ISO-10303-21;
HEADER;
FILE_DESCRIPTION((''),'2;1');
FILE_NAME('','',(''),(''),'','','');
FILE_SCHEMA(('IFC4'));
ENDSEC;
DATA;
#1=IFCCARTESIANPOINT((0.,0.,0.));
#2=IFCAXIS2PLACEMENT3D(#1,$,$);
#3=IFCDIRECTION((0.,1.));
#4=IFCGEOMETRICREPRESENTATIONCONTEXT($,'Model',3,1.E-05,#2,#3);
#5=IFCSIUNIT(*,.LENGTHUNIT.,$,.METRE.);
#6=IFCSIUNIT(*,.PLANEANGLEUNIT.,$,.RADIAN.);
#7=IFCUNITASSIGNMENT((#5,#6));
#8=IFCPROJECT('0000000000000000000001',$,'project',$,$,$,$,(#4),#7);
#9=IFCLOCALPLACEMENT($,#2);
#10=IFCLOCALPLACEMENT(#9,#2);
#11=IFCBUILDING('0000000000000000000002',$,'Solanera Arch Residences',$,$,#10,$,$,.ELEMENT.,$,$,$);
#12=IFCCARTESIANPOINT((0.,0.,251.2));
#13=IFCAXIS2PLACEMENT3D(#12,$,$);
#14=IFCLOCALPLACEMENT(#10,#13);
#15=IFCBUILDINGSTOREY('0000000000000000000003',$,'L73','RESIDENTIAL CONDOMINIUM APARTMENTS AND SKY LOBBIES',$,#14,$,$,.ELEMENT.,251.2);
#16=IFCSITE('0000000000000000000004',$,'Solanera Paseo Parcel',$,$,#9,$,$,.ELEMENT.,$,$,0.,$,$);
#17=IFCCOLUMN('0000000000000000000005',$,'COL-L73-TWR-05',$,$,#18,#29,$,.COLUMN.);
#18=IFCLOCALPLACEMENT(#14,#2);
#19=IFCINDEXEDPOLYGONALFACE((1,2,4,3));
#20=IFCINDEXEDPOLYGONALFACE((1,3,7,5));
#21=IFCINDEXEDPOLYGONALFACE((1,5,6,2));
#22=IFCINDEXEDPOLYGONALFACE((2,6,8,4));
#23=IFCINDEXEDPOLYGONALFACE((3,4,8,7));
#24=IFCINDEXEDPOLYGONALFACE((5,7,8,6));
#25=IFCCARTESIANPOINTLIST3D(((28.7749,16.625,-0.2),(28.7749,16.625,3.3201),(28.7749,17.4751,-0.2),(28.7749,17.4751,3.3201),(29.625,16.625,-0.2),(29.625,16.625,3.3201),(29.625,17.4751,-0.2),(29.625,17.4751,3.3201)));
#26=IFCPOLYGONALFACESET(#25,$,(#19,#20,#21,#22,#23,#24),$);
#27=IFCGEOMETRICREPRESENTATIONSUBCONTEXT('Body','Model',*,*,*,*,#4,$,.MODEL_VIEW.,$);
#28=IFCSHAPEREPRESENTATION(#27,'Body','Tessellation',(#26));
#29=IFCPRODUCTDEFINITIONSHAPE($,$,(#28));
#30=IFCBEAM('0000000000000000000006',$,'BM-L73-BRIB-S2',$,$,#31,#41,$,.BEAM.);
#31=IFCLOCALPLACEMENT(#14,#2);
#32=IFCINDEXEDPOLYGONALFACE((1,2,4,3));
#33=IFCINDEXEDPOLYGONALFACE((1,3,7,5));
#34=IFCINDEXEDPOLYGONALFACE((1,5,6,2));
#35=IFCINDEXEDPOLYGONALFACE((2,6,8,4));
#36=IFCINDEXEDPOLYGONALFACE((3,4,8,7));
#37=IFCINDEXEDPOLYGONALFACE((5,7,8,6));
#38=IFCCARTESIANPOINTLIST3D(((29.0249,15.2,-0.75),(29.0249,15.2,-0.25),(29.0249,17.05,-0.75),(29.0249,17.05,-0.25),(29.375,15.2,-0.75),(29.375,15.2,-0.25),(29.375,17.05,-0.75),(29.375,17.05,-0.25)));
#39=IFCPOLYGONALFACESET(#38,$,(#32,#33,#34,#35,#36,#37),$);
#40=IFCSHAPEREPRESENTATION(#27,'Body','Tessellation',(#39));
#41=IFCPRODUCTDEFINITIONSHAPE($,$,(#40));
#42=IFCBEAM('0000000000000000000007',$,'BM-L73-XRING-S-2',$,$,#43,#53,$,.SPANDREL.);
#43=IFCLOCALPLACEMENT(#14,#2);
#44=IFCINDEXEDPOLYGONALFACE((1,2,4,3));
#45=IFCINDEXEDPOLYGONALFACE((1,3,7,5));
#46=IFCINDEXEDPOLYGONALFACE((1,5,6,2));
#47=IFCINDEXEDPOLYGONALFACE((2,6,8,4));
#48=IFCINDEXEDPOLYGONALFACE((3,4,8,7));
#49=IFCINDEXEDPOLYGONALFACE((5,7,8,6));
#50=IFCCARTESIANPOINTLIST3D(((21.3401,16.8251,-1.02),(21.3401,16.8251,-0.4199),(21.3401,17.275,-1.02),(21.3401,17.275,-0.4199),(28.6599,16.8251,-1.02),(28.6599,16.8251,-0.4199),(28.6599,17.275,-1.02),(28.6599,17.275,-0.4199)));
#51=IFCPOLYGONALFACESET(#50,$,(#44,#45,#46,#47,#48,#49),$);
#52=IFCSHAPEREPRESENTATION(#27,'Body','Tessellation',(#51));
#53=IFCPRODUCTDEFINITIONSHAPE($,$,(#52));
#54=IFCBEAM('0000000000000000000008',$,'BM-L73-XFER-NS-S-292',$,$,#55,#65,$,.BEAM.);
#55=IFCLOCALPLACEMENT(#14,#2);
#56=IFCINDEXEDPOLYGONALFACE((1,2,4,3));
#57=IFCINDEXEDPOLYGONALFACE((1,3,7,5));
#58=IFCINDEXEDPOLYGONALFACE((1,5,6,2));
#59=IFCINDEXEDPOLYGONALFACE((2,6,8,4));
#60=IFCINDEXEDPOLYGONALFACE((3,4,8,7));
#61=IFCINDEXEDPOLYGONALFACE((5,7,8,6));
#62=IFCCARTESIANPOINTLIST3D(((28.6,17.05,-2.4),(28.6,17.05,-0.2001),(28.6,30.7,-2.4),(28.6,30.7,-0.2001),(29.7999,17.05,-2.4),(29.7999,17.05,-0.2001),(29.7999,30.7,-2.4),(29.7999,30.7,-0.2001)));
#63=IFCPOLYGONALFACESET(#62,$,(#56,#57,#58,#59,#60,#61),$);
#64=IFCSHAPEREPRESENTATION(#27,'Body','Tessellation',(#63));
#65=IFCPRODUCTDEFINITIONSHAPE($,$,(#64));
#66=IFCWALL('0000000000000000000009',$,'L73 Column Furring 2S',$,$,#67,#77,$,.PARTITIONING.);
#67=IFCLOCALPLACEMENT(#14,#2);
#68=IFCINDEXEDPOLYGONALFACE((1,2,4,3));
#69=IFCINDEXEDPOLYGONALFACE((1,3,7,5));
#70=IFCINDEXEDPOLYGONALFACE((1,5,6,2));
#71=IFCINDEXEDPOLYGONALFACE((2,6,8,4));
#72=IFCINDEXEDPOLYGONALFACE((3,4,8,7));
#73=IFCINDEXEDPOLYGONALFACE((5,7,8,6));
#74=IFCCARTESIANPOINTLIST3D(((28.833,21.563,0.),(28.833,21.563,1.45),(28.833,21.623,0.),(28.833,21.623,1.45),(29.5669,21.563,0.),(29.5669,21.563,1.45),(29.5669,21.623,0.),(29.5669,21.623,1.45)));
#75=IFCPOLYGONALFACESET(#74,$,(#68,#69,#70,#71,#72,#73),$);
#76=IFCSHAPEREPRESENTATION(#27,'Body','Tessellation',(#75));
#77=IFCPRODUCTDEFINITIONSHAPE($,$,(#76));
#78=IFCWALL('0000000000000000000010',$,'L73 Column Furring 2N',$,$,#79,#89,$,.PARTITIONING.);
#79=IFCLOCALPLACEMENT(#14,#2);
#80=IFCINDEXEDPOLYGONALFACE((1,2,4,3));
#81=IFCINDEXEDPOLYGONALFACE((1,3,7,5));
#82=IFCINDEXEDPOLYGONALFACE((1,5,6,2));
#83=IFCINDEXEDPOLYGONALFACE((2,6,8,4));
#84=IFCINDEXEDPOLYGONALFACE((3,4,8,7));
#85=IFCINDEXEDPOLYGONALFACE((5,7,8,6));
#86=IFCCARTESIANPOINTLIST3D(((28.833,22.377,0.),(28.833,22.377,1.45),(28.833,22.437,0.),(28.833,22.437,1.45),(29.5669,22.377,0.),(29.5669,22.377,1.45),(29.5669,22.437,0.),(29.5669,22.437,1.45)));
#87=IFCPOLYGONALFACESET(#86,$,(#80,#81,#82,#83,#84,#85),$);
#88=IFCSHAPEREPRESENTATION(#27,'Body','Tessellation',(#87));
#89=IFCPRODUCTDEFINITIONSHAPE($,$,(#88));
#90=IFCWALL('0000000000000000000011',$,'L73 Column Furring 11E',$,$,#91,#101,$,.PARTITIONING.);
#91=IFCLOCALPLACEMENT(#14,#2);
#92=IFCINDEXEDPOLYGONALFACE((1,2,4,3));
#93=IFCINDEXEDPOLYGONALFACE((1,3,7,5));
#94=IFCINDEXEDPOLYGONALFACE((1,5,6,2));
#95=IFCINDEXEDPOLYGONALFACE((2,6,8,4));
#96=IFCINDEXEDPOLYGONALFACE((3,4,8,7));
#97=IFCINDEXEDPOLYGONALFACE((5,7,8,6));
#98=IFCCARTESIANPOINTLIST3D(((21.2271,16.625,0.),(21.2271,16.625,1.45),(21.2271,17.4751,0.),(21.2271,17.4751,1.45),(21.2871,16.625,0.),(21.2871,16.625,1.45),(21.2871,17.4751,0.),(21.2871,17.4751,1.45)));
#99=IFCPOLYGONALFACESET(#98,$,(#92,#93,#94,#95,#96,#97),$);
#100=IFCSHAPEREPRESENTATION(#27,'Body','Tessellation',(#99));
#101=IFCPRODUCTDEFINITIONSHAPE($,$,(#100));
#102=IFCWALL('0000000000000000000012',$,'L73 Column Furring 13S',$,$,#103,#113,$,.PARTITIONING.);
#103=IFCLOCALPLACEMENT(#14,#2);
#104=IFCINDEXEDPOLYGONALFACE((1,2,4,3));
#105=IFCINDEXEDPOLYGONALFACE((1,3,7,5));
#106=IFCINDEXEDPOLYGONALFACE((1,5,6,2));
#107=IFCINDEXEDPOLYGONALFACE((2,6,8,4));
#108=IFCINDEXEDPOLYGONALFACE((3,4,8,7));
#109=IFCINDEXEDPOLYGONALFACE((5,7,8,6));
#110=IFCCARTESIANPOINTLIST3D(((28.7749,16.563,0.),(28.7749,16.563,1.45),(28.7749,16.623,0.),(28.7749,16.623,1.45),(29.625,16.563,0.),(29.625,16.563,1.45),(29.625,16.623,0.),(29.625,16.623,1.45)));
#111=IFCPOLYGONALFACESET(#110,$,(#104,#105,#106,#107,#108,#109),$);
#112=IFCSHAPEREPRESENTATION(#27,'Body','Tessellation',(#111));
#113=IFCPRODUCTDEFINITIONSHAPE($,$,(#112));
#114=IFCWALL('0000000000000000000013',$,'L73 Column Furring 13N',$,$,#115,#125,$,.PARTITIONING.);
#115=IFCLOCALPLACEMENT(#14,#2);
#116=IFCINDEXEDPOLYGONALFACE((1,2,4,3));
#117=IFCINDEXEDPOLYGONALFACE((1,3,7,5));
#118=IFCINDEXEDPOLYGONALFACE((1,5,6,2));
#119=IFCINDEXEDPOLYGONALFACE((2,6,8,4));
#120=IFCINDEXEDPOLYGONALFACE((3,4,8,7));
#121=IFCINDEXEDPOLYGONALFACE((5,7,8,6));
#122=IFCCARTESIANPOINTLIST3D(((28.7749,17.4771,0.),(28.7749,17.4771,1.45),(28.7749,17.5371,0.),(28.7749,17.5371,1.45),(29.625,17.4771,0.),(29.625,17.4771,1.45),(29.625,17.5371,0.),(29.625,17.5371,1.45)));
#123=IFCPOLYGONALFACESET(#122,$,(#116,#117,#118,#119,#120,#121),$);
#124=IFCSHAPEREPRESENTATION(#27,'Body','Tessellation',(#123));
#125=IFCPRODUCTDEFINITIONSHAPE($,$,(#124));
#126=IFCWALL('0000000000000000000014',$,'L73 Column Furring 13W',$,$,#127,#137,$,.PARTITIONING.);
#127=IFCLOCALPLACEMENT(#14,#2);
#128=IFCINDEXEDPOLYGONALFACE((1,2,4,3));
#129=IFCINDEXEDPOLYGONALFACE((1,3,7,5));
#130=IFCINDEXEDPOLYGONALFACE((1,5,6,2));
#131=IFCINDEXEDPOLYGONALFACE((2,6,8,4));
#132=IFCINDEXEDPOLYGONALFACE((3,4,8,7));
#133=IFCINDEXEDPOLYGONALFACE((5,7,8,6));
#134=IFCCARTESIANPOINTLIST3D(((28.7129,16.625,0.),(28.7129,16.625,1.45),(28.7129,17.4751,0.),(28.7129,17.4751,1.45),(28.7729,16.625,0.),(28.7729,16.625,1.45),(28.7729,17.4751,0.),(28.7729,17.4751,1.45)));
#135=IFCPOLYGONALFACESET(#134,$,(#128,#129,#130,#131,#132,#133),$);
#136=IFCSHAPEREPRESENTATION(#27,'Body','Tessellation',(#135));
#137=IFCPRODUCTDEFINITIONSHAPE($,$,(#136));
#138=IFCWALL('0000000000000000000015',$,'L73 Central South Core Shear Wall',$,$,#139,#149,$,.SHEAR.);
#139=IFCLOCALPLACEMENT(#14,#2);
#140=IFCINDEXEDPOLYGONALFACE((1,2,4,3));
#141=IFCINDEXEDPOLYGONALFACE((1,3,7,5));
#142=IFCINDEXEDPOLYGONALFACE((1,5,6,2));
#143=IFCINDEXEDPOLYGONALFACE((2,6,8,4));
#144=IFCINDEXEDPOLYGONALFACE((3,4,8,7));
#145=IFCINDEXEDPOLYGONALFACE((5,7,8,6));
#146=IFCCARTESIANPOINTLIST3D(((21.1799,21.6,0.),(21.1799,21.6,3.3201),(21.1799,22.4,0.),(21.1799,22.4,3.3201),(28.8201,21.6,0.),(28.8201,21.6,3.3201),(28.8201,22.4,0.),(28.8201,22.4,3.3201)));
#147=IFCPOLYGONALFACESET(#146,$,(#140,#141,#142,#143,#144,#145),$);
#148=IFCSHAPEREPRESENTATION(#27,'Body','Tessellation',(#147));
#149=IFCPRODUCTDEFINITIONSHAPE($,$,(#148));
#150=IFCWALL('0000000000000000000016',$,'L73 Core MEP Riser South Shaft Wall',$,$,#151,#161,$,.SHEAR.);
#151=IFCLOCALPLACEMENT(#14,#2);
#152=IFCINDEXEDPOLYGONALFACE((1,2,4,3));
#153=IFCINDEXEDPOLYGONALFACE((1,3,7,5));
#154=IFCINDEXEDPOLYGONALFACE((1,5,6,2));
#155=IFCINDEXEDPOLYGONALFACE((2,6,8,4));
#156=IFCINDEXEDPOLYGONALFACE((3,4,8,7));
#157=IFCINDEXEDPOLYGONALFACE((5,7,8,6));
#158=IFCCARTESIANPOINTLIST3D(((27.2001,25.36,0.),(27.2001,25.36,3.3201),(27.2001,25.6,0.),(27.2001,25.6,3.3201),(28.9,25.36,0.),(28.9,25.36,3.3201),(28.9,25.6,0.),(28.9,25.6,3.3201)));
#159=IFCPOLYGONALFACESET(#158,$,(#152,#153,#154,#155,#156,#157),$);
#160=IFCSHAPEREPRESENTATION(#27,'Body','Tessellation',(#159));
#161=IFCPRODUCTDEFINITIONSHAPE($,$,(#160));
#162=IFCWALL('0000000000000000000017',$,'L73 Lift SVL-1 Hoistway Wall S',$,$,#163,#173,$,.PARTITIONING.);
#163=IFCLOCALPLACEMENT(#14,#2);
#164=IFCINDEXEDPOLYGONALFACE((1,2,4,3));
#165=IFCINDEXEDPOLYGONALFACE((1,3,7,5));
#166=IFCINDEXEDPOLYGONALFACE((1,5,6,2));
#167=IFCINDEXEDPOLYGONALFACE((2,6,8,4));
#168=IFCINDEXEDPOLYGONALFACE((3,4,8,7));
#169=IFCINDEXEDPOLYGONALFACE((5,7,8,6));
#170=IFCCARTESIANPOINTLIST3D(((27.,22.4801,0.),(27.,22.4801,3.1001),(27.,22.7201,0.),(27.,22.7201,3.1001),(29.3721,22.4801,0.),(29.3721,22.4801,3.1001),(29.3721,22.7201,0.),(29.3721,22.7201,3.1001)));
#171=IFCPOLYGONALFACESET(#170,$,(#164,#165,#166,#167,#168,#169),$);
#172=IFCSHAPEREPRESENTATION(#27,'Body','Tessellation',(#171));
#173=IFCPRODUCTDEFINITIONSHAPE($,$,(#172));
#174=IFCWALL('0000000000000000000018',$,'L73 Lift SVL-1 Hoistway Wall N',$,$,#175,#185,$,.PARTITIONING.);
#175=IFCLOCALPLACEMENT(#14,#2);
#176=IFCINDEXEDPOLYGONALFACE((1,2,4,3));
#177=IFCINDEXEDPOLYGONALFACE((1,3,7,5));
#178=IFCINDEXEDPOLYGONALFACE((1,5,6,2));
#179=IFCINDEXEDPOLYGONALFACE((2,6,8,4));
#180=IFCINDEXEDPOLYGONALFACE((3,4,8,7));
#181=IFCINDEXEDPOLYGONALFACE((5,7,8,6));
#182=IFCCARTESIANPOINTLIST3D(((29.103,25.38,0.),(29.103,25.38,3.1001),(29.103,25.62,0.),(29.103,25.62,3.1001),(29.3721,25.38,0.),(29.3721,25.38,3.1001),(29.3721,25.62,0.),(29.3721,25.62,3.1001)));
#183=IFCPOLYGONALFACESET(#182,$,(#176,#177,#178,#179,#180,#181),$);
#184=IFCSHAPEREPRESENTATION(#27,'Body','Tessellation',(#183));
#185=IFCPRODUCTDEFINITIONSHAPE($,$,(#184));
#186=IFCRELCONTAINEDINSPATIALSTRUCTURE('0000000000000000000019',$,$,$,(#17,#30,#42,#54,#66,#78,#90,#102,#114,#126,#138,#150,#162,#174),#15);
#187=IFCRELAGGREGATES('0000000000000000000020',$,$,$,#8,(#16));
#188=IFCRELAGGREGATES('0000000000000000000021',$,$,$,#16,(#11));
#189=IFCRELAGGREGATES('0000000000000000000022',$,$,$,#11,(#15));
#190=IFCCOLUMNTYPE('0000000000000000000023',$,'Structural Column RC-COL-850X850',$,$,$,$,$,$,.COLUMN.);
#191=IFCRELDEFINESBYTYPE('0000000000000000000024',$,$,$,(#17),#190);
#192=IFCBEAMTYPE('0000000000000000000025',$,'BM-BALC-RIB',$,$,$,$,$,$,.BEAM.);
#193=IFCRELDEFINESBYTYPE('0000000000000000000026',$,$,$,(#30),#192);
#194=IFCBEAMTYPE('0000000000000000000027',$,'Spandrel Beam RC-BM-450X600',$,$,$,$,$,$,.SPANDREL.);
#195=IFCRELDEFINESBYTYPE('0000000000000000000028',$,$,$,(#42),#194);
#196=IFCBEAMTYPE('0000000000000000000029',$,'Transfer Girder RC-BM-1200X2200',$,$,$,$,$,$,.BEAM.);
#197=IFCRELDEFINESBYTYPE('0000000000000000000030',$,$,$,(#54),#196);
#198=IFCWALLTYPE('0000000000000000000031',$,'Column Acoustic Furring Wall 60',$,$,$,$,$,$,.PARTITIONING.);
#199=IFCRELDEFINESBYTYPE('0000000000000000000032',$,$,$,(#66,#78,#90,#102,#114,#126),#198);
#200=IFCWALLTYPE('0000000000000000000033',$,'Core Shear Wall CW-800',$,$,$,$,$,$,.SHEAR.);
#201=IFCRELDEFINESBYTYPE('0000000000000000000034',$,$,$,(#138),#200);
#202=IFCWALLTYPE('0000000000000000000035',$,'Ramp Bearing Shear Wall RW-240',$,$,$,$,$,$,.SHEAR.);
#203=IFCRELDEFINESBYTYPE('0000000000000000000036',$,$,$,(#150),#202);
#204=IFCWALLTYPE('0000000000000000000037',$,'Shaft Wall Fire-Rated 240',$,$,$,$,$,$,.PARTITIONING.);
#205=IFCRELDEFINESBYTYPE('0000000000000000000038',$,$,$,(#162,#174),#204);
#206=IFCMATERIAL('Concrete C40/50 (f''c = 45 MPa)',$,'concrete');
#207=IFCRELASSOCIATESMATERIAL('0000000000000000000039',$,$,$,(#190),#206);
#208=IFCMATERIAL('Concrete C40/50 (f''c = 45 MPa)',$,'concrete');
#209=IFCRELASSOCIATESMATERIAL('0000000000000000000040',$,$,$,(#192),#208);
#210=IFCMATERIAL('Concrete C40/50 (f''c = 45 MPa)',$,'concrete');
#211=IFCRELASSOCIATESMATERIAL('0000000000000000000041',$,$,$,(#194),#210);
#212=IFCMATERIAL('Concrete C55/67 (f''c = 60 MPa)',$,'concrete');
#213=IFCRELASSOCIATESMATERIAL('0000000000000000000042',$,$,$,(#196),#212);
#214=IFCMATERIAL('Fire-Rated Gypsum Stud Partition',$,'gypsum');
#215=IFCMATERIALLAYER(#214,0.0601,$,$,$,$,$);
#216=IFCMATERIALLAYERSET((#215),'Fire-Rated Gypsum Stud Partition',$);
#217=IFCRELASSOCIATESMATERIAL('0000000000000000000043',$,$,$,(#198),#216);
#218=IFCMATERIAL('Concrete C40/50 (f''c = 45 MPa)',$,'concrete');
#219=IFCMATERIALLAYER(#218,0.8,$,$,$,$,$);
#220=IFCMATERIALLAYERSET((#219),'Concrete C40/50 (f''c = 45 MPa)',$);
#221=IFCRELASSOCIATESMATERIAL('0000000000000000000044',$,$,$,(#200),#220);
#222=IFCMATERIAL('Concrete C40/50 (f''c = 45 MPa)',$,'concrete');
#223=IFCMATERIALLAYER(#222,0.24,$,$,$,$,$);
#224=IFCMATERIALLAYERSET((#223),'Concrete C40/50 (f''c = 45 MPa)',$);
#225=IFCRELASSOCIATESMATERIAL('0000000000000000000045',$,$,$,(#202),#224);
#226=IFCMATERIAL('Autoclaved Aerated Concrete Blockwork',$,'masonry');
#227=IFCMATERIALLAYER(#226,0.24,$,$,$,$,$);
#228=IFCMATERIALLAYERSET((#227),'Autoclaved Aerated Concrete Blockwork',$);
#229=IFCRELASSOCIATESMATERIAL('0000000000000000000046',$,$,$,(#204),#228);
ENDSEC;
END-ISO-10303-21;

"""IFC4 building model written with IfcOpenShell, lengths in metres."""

from ifc_helpers import new_model, si_unit, direction, frame, frame_2d, origin, origin_2d, place, context, subcontext, project, spatial, rectangle, extrude, material, layer, layer_set, material_profile, profile_set, type_object, element, save


model = new_model("IFC4")

# Units and contexts
model_context = context("Model", 3, precision=1e-05, world=origin(), true_north=direction((0.0, 1.0)))
body_context = subcontext(model_context, "Body", "Model", "MODEL_VIEW")
ifc_project = project(units=[si_unit("LENGTHUNIT", "METRE"), si_unit("PLANEANGLEUNIT", "RADIAN")], contexts=[model_context])

# Site, building, storey
site_placement = place(None, origin())
site = spatial("IfcSite", under=ifc_project, at=site_placement, Name="Solanera Paseo Parcel", CompositionType="ELEMENT", RefElevation=0.0)
building_placement = place(site_placement, origin())
building = spatial("IfcBuilding", under=site, at=building_placement, Name="Solanera Arch Residences", CompositionType="ELEMENT")
storey_placement = place(building_placement, frame((0.0, 0.0, 251.2)))
storey = spatial("IfcBuildingStorey", under=building, at=storey_placement, Name="L73", Description="RESIDENTIAL CONDOMINIUM APARTMENTS AND SKY LOBBIES", CompositionType="ELEMENT", Elevation=251.2)

# Column
ifc_material_1 = material(Name="Concrete C40/50 (f'c = 45 MPa)", Category="concrete")
ifc_material_profile_1 = material_profile(ifc_material_1, rectangle(XDim=0.8501, YDim=0.8501, at=origin_2d()))
ifc_profile_set_1 = profile_set([ifc_material_profile_1], Name="Concrete C40/50 (f'c = 45 MPa)")
column_type = type_object("IfcColumnType", Name="Structural Column RC-COL-850X850", PredefinedType="COLUMN", material=ifc_profile_set_1)
column_placement = place(storey_placement, frame((29.2, 17.05, -0.2), z_axis=(0.0, 0.0, 1.0), x_axis=(1.0, 0.0, 0.0)))
element("IfcColumn", 1, at=column_placement, inside=storey, type_object=column_type, Name="COL-L73-TWR-05", PredefinedType="COLUMN", context=body_context, shape_type="SweptSolid", body=[
    extrude(rectangle(XDim=0.8501, YDim=0.8501, at=origin_2d()), origin(), (0.0, 0.0, 1.0), 3.52),
])

# Beams
ifc_material_2 = material(Name="Concrete C40/50 (f'c = 45 MPa)", Category="concrete")
ifc_material_profile_2 = material_profile(ifc_material_2, rectangle(XDim=0.3501, YDim=0.5, at=origin_2d()))
ifc_profile_set_2 = profile_set([ifc_material_profile_2], Name="Concrete C40/50 (f'c = 45 MPa)")
beam_type_1 = type_object("IfcBeamType", Name="BM-BALC-RIB", PredefinedType="BEAM", material=ifc_profile_set_2)
beam_1_placement = place(storey_placement, frame((29.2, 15.2, -0.5), z_axis=(0.0, 1.0, 0.0), x_axis=(-1.0, 0.0, 0.0)))
element("IfcBeam", 2, at=beam_1_placement, inside=storey, type_object=beam_type_1, Name="BM-L73-BRIB-S2", PredefinedType="BEAM", context=body_context, shape_type="SweptSolid", body=[
    extrude(rectangle(XDim=0.3501, YDim=0.5, at=origin_2d()), origin(), (0.0, 0.0, 1.0), 1.8501),
])
ifc_material_3 = material(Name="Concrete C40/50 (f'c = 45 MPa)", Category="concrete")
ifc_material_profile_3 = material_profile(ifc_material_3, rectangle(XDim=0.45, YDim=0.6001, at=origin_2d()))
ifc_profile_set_3 = profile_set([ifc_material_profile_3], Name="Concrete C40/50 (f'c = 45 MPa)")
beam_type_2 = type_object("IfcBeamType", Name="Spandrel Beam RC-BM-450X600", PredefinedType="SPANDREL", material=ifc_profile_set_3)
beam_2_placement = place(storey_placement, frame((21.3401, 17.05, -0.72), z_axis=(1.0, 0.0, 0.0), x_axis=(0.0, 1.0, 0.0)))
element("IfcBeam", 3, at=beam_2_placement, inside=storey, type_object=beam_type_2, Name="BM-L73-XRING-S-2", PredefinedType="SPANDREL", context=body_context, shape_type="SweptSolid", body=[
    extrude(rectangle(XDim=0.45, YDim=0.6001, at=origin_2d()), origin(), (0.0, 0.0, 1.0), 7.3198),
])
ifc_material_4 = material(Name="Concrete C55/67 (f'c = 60 MPa)", Category="concrete")
ifc_material_profile_4 = material_profile(ifc_material_4, rectangle(XDim=1.2, YDim=2.2, at=origin_2d()))
ifc_profile_set_4 = profile_set([ifc_material_profile_4], Name="Concrete C55/67 (f'c = 60 MPa)")
beam_type_3 = type_object("IfcBeamType", Name="Transfer Girder RC-BM-1200X2200", PredefinedType="BEAM", material=ifc_profile_set_4)
beam_3_placement = place(storey_placement, frame((29.2, 17.05, -1.3), z_axis=(0.0, 1.0, 0.0), x_axis=(-1.0, 0.0, 0.0)))
element("IfcBeam", 4, at=beam_3_placement, inside=storey, type_object=beam_type_3, Name="BM-L73-XFER-NS-S-292", PredefinedType="BEAM", context=body_context, shape_type="SweptSolid", body=[
    extrude(rectangle(XDim=1.2, YDim=2.2, at=origin_2d()), origin(), (0.0, 0.0, 1.0), 13.6499),
])

# Walls
ifc_material_5 = material(Name="Fire-Rated Gypsum Stud Partition", Category="gypsum")
ifc_layer_1 = layer(ifc_material_5, 0.0601)
ifc_layer_set_1 = layer_set([ifc_layer_1], Name="Fire-Rated Gypsum Stud Partition")
wall_type_1 = type_object("IfcWallType", Name="Column Acoustic Furring Wall 60", PredefinedType="PARTITIONING", material=ifc_layer_set_1)
for number, where, z_axis, x_axis, name in (
    (5, (28.833, 21.593, 0.0), (0.0, 0.0, 1.0), (1.0, 0.0, 0.0), "L73 Column Furring 2S"),
    (6, (28.833, 22.407, 0.0), (0.0, 0.0, 1.0), (1.0, 0.0, 0.0), "L73 Column Furring 2N"),
):
    element("IfcWall", number, at=place(storey_placement, frame(where, z_axis=z_axis, x_axis=x_axis)), inside=storey, type_object=wall_type_1, Name=name, PredefinedType="PARTITIONING", context=body_context, shape_type="SweptSolid", body=[
        extrude(rectangle(XDim=0.7339, YDim=0.0601, at=frame_2d((0.3669, 0.0))), origin(), (0.0, 0.0, 1.0), 1.45),
    ])
for number, where, z_axis, x_axis, name in (
    (7, (21.2571, 16.625, 0.0), (0.0, 0.0, 1.0), (0.0, 1.0, 0.0), "L73 Column Furring 11E"),
    (8, (28.7749, 16.593, 0.0), (0.0, 0.0, 1.0), (1.0, 0.0, 0.0), "L73 Column Furring 13S"),
    (9, (28.7749, 17.5071, 0.0), (0.0, 0.0, 1.0), (1.0, 0.0, 0.0), "L73 Column Furring 13N"),
    (10, (28.7429, 16.625, 0.0), (0.0, 0.0, 1.0), (0.0, 1.0, 0.0), "L73 Column Furring 13W"),
):
    element("IfcWall", number, at=place(storey_placement, frame(where, z_axis=z_axis, x_axis=x_axis)), inside=storey, type_object=wall_type_1, Name=name, PredefinedType="PARTITIONING", context=body_context, shape_type="SweptSolid", body=[
        extrude(rectangle(XDim=0.8501, YDim=0.0601, at=frame_2d((0.425, 0.0))), origin(), (0.0, 0.0, 1.0), 1.45),
    ])
ifc_material_6 = material(Name="Concrete C40/50 (f'c = 45 MPa)", Category="concrete")
ifc_layer_2 = layer(ifc_material_6, 0.8)
ifc_layer_set_2 = layer_set([ifc_layer_2], Name="Concrete C40/50 (f'c = 45 MPa)")
wall_type_2 = type_object("IfcWallType", Name="Core Shear Wall CW-800", PredefinedType="SHEAR", material=ifc_layer_set_2)
wall_1_placement = place(storey_placement, frame((21.1799, 22.0, 0.0), z_axis=(0.0, 0.0, 1.0), x_axis=(1.0, 0.0, 0.0)))
element("IfcWall", 11, at=wall_1_placement, inside=storey, type_object=wall_type_2, Name="L73 Central South Core Shear Wall", PredefinedType="SHEAR", context=body_context, shape_type="SweptSolid", body=[
    extrude(rectangle(XDim=7.6401, YDim=0.8, at=frame_2d((3.8201, 0.0))), origin(), (0.0, 0.0, 1.0), 3.3201),
])
ifc_material_7 = material(Name="Concrete C40/50 (f'c = 45 MPa)", Category="concrete")
ifc_layer_3 = layer(ifc_material_7, 0.24)
ifc_layer_set_3 = layer_set([ifc_layer_3], Name="Concrete C40/50 (f'c = 45 MPa)")
wall_type_3 = type_object("IfcWallType", Name="Ramp Bearing Shear Wall RW-240", PredefinedType="SHEAR", material=ifc_layer_set_3)
wall_2_placement = place(storey_placement, frame((27.2, 25.48, 0.0), z_axis=(0.0, 0.0, 1.0), x_axis=(1.0, 0.0, 0.0)))
element("IfcWall", 12, at=wall_2_placement, inside=storey, type_object=wall_type_3, Name="L73 Core MEP Riser South Shaft Wall", PredefinedType="SHEAR", context=body_context, shape_type="SweptSolid", body=[
    extrude(rectangle(XDim=1.7, YDim=0.24, at=frame_2d((0.8501, 0.0))), origin(), (0.0, 0.0, 1.0), 3.3201),
])
ifc_material_8 = material(Name="Autoclaved Aerated Concrete Blockwork", Category="masonry")
ifc_layer_4 = layer(ifc_material_8, 0.24)
ifc_layer_set_4 = layer_set([ifc_layer_4], Name="Autoclaved Aerated Concrete Blockwork")
wall_type_4 = type_object("IfcWallType", Name="Shaft Wall Fire-Rated 240", PredefinedType="PARTITIONING", material=ifc_layer_set_4)
wall_3_placement = place(storey_placement, frame((27.0, 22.6001, 0.0), z_axis=(0.0, 0.0, 1.0), x_axis=(1.0, 0.0, 0.0)))
element("IfcWall", 13, at=wall_3_placement, inside=storey, type_object=wall_type_4, Name="L73 Lift SVL-1 Hoistway Wall S", PredefinedType="PARTITIONING", context=body_context, shape_type="SweptSolid", body=[
    extrude(rectangle(XDim=2.3721, YDim=0.24, at=frame_2d((1.186, 0.0))), origin(), (0.0, 0.0, 1.0), 3.1001),
])
wall_4_placement = place(storey_placement, frame((29.103, 25.5, 0.0), z_axis=(0.0, 0.0, 1.0), x_axis=(1.0, 0.0, 0.0)))
element("IfcWall", 14, at=wall_4_placement, inside=storey, type_object=wall_type_4, Name="L73 Lift SVL-1 Hoistway Wall N", PredefinedType="PARTITIONING", context=body_context, shape_type="SweptSolid", body=[
    extrude(rectangle(XDim=0.269, YDim=0.24, at=frame_2d((0.1345, 0.0))), origin(), (0.0, 0.0, 1.0), 3.1001),
])

save(model, "model.ifc")
